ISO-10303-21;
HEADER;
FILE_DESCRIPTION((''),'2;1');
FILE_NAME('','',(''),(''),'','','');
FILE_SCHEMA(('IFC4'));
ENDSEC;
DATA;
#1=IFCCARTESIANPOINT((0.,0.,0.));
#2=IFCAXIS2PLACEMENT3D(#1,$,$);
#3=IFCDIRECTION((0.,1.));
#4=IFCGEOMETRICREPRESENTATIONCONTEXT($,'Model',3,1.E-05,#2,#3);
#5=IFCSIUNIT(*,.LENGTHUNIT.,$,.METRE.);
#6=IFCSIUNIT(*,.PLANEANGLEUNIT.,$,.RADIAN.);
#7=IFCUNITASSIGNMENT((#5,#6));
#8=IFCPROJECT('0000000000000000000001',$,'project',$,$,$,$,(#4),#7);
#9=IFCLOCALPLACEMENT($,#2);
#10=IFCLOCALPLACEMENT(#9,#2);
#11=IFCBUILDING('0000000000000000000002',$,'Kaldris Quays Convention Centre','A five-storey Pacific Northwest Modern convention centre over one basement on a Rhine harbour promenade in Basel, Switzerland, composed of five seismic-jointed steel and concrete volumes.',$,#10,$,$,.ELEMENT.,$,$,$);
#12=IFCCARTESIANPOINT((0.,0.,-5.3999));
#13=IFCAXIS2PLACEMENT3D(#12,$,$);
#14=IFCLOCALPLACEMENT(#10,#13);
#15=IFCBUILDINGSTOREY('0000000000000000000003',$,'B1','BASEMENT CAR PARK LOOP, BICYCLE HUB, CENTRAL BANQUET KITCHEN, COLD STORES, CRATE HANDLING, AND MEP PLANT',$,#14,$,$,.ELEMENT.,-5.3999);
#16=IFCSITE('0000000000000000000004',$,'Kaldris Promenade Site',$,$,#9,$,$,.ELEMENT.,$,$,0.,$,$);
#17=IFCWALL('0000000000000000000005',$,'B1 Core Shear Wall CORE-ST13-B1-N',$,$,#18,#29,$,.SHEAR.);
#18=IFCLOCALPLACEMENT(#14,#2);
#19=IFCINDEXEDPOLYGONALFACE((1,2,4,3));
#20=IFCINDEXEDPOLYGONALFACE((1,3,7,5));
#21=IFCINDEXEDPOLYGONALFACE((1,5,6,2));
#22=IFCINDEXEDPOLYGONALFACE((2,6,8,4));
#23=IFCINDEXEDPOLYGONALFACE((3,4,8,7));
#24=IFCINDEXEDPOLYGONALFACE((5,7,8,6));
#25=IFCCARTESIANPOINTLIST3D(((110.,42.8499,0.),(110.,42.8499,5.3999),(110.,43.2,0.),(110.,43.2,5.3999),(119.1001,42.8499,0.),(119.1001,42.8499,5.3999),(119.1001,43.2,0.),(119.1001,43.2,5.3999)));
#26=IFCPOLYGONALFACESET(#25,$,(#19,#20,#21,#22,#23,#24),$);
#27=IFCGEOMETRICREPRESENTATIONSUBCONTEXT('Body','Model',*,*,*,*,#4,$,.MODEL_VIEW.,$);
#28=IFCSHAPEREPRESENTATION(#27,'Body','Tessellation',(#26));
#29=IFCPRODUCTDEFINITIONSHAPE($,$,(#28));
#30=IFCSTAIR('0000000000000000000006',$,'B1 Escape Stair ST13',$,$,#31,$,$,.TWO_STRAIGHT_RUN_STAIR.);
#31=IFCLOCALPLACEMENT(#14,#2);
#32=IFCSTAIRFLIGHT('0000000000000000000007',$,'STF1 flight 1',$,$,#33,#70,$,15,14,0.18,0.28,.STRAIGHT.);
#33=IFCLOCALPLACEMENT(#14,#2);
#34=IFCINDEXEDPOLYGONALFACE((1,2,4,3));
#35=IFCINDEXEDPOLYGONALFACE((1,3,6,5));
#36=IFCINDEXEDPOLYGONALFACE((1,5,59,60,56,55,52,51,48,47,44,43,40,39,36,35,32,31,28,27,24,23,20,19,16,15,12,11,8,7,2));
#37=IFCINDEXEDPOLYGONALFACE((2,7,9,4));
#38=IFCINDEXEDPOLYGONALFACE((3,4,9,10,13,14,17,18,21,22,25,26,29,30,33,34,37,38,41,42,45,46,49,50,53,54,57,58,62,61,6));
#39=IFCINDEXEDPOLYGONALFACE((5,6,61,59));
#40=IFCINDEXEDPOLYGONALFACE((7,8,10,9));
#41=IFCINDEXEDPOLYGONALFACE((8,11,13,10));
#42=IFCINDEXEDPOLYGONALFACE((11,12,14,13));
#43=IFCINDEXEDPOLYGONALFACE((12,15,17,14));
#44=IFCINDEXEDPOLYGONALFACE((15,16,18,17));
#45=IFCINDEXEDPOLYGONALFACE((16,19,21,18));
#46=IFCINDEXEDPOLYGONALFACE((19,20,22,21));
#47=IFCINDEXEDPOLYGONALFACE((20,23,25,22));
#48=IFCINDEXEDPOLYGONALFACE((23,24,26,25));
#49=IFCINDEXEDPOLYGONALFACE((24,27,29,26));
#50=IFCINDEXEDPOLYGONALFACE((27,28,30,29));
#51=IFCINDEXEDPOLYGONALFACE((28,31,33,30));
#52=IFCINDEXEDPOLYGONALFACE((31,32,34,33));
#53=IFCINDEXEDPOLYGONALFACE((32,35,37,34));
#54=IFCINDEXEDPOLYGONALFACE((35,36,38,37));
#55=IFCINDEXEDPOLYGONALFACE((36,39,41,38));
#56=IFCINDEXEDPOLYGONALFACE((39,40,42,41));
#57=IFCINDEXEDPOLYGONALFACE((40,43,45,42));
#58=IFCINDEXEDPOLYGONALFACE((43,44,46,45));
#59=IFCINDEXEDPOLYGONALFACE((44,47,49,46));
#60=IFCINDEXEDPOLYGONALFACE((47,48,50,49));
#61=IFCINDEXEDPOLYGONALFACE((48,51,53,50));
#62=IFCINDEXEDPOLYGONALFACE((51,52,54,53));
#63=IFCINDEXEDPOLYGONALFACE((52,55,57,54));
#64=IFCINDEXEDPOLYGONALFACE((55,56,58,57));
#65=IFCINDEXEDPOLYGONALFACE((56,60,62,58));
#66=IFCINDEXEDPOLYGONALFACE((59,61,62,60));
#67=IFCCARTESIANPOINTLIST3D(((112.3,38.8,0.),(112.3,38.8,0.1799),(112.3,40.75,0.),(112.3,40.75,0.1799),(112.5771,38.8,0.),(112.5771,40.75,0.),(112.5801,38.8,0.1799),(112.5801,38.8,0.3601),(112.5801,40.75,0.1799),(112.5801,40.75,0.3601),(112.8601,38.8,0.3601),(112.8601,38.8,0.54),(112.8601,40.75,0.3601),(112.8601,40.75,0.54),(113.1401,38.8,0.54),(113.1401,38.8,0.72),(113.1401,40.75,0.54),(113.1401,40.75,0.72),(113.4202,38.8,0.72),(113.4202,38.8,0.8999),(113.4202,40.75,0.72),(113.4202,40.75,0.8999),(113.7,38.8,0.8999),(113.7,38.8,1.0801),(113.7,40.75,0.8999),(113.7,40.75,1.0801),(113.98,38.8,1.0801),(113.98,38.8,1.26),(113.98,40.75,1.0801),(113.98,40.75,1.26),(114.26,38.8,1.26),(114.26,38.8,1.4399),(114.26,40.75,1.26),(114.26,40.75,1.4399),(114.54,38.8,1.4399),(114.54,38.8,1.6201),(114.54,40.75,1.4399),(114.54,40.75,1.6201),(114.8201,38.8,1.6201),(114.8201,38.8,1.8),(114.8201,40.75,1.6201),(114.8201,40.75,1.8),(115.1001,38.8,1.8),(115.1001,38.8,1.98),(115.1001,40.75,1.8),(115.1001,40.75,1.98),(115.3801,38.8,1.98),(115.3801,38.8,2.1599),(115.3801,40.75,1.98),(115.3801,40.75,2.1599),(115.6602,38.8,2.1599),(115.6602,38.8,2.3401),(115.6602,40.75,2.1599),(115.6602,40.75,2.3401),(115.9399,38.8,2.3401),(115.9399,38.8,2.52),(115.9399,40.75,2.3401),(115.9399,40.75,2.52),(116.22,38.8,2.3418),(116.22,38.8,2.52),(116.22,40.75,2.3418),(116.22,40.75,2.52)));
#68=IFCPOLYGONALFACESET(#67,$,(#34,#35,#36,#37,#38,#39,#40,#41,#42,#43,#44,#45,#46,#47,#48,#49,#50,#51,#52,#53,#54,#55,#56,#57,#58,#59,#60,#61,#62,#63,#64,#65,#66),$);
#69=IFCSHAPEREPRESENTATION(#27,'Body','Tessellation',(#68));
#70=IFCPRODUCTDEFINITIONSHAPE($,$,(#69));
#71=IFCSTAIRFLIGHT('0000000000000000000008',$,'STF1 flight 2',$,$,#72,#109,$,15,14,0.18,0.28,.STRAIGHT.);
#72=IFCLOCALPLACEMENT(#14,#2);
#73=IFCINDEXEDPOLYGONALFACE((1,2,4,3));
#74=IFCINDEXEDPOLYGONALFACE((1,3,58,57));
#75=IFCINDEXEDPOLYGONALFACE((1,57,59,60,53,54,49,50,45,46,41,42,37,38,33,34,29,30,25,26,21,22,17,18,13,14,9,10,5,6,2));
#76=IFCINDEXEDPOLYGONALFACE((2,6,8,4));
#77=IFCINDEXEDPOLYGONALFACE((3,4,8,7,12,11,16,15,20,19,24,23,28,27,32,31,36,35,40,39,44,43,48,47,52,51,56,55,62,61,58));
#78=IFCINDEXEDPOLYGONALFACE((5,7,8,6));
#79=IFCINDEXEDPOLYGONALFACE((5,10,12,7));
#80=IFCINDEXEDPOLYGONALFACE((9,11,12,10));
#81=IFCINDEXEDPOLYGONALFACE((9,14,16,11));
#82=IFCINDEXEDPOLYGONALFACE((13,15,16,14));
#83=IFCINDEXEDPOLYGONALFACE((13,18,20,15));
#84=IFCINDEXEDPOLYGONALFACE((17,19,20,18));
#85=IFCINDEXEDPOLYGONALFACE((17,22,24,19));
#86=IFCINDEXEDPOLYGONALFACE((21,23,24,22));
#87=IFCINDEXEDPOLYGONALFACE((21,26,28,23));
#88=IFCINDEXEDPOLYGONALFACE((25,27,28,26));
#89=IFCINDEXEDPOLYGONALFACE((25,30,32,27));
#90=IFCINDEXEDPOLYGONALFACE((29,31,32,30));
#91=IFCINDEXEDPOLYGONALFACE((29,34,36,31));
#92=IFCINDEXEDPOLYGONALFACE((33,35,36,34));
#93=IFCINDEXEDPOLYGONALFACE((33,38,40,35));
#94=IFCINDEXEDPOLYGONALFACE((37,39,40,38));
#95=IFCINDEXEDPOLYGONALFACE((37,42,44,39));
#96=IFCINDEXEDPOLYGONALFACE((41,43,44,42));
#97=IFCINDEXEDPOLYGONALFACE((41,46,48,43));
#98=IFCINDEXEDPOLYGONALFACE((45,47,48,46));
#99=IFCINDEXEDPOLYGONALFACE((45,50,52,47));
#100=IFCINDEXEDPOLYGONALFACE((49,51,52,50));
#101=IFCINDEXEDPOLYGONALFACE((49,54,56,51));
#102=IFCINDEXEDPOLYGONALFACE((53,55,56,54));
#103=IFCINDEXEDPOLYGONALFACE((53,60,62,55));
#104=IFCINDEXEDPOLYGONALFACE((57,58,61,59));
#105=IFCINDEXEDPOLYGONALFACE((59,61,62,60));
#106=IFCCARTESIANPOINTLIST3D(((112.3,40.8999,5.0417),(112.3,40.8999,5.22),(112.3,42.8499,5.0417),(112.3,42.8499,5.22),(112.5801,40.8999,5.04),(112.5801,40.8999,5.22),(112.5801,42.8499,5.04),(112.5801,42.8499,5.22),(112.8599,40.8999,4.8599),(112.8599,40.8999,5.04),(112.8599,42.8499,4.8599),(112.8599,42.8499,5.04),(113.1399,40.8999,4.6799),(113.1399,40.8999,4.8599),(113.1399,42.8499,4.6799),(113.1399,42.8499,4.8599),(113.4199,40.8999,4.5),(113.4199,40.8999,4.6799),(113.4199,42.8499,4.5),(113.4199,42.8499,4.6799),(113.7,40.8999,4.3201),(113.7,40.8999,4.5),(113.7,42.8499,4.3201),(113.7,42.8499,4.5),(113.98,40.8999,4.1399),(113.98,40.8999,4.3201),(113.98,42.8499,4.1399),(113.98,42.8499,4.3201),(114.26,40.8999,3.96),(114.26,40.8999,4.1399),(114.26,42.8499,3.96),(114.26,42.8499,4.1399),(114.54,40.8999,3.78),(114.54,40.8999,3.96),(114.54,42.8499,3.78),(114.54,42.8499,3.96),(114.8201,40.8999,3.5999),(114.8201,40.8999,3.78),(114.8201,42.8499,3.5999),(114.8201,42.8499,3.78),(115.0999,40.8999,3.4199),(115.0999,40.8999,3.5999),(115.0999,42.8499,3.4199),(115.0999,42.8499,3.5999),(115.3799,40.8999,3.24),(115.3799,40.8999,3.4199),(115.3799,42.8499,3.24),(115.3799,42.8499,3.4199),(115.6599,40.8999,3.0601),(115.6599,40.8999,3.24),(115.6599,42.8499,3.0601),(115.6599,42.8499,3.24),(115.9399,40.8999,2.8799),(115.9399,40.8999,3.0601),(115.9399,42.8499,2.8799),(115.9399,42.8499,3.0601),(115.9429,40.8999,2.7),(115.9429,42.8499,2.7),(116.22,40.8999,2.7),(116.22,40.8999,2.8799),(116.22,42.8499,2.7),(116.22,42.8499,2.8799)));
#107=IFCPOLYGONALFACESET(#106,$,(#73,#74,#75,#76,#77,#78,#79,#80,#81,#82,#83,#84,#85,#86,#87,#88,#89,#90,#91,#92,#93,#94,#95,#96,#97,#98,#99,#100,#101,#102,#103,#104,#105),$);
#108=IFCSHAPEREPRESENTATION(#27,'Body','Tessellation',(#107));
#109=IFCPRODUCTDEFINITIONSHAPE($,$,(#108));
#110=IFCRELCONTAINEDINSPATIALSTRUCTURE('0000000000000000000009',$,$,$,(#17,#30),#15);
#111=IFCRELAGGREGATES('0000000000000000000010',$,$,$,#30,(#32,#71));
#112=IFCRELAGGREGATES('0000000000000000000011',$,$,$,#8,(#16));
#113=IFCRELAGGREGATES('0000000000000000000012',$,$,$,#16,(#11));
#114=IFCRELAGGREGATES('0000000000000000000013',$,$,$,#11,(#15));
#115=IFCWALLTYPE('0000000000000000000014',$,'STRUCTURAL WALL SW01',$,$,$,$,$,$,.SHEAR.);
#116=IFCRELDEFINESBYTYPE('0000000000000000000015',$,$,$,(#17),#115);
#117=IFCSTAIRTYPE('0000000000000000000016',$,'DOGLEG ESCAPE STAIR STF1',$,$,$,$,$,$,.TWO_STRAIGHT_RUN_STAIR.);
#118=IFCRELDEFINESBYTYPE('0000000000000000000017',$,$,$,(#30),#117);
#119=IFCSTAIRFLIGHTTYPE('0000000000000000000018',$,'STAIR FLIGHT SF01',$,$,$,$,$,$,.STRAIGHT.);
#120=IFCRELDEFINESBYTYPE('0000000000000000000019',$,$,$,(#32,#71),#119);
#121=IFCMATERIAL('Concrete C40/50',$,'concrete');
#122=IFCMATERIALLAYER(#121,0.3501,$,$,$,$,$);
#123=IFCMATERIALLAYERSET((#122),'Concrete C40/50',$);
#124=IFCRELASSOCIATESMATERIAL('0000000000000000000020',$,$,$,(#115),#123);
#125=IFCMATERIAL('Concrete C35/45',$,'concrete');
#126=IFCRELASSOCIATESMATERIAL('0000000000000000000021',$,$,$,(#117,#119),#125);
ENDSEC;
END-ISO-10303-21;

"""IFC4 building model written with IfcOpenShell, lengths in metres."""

from ifc_helpers import new_model, si_unit, direction, frame, frame_2d, origin, place, context, subcontext, project, spatial, polyline, rectangle, outline, extrude, material, layer, layer_set, type_object, element, aggregate, save


model = new_model("IFC4")

# Units and contexts
model_context = context("Model", 3, precision=1e-05, world=origin(), true_north=direction((0.0, 1.0)))
body_context = subcontext(model_context, "Body", "Model", "MODEL_VIEW")
ifc_project = project(units=[si_unit("LENGTHUNIT", "METRE"), si_unit("PLANEANGLEUNIT", "RADIAN")], contexts=[model_context])

# Site, building, storey
site_placement = place(None, origin())
site = spatial("IfcSite", under=ifc_project, at=site_placement, Name="Kaldris Promenade Site", CompositionType="ELEMENT", RefElevation=0.0)
building_placement = place(site_placement, origin())
building = spatial("IfcBuilding", under=site, at=building_placement, Name="Kaldris Quays Convention Centre", Description="A five-storey Pacific Northwest Modern convention centre over one basement on a Rhine harbour promenade in Basel, Switzerland, composed of five seismic-jointed steel and concrete volumes.", CompositionType="ELEMENT")
storey_placement = place(building_placement, frame((0.0, 0.0, -5.3999)))
storey = spatial("IfcBuildingStorey", under=building, at=storey_placement, Name="B1", Description="BASEMENT CAR PARK LOOP, BICYCLE HUB, CENTRAL BANQUET KITCHEN, COLD STORES, CRATE HANDLING, AND MEP PLANT", CompositionType="ELEMENT", Elevation=-5.3999)

# Shared definitions
ifc_material_1 = material(Name="Concrete C35/45", Category="concrete")

# Wall
ifc_material_2 = material(Name="Concrete C40/50", Category="concrete")
ifc_layer_1 = layer(ifc_material_2, 0.3501)
ifc_layer_set_1 = layer_set([ifc_layer_1], Name="Concrete C40/50")
wall_type_1 = type_object("IfcWallType", Name="STRUCTURAL WALL SW01", PredefinedType="SHEAR", material=ifc_layer_set_1)
wall_1_placement = place(storey_placement, frame((110.0, 43.0249, 0.0), z_axis=(0.0, 0.0, 1.0), x_axis=(1.0, 0.0, 0.0)))
element("IfcWall", 1, at=wall_1_placement, inside=storey, type_object=wall_type_1, Name="B1 Core Shear Wall CORE-ST13-B1-N", PredefinedType="SHEAR", context=body_context, shape_type="SweptSolid", body=[
    extrude(rectangle(XDim=9.1001, YDim=0.3501, at=frame_2d((4.55, 0.0))), origin(), (0.0, 0.0, 1.0), 5.3999),
])

# Stair, stair flights
stair_type = type_object("IfcStairType", Name="DOGLEG ESCAPE STAIR STF1", PredefinedType="TWO_STRAIGHT_RUN_STAIR", material=ifc_material_1)
stair_placement = place(storey_placement, origin())
stair = element("IfcStair", 2, at=stair_placement, inside=storey, type_object=stair_type, Name="B1 Escape Stair ST13", PredefinedType="TWO_STRAIGHT_RUN_STAIR")
stair_flight_type = type_object("IfcStairFlightType", Name="STAIR FLIGHT SF01", PredefinedType="STRAIGHT", material=ifc_material_1)
stair_flight_1_placement = place(storey_placement, frame((112.3, 39.7749, 0.0), z_axis=(0.0, 0.0, 1.0), x_axis=(1.0, 0.0, 0.0)))
stair_flight_1 = element("IfcStairFlight", 3, at=stair_flight_1_placement, type_object=stair_flight_type, Name="STF1 flight 1", NumberOfRisers=15, NumberOfTreads=14, PredefinedType="STRAIGHT", RiserHeight=0.18, TreadLength=0.28, context=body_context, shape_type="SweptSolid", body=[
    extrude(outline(polyline([(0.0, 0.0), (0.0, 0.1799), (0.28, 0.1799), (0.28, 0.3601), (0.5601, 0.3601), (0.5601, 0.54), (0.8401, 0.54), (0.8401, 0.72), (1.1201, 0.72), (1.1201, 0.8999), (1.3999, 0.8999), (1.3999, 1.0801), (1.6799, 1.0801), (1.6799, 1.26), (1.96, 1.26), (1.96, 1.4399), (2.24, 1.4399), (2.24, 1.6201), (2.52, 1.6201), (2.52, 1.8), (2.8, 1.8), (2.8, 1.98), (3.0801, 1.98), (3.0801, 2.1599), (3.3601, 2.1599), (3.3601, 2.3401), (3.6399, 2.3401), (3.6399, 2.52), (3.9199, 2.52), (3.9199, 2.7), (3.9199, 2.3418), (0.2771, 0.0), (0.0, 0.0)])), frame((0.0, 0.9751, 0.0), z_axis=(0.0, -1.0, 0.0), x_axis=(1.0, 0.0, 0.0)), (0.0, 0.0, 1.0), 1.95),
])
stair_flight_2_placement = place(storey_placement, frame((116.22, 41.875, 2.7), z_axis=(0.0, 0.0, 1.0), x_axis=(-1.0, 0.0, 0.0)))
stair_flight_2 = element("IfcStairFlight", 4, at=stair_flight_2_placement, type_object=stair_flight_type, Name="STF1 flight 2", NumberOfRisers=15, NumberOfTreads=14, PredefinedType="STRAIGHT", RiserHeight=0.18, TreadLength=0.28, context=body_context, shape_type="SweptSolid", body=[
    extrude(outline(polyline([(0.0, 0.0), (0.0, 0.1799), (0.28, 0.1799), (0.28, 0.3601), (0.5601, 0.3601), (0.5601, 0.54), (0.8401, 0.54), (0.8401, 0.72), (1.1201, 0.72), (1.1201, 0.8999), (1.3999, 0.8999), (1.3999, 1.0801), (1.6799, 1.0801), (1.6799, 1.26), (1.96, 1.26), (1.96, 1.4399), (2.24, 1.4399), (2.24, 1.6201), (2.52, 1.6201), (2.52, 1.8), (2.8, 1.8), (2.8, 1.98), (3.0801, 1.98), (3.0801, 2.1599), (3.3601, 2.1599), (3.3601, 2.3401), (3.6399, 2.3401), (3.6399, 2.52), (3.9199, 2.52), (3.9199, 2.7), (3.9199, 2.3418), (0.2771, 0.0), (0.0, 0.0)])), frame((0.0, 0.9751, 0.0), z_axis=(0.0, -1.0, 0.0), x_axis=(1.0, 0.0, 0.0)), (0.0, 0.0, 1.0), 1.95),
])
aggregate(stair, [stair_flight_1, stair_flight_2])

save(model, "model.ifc")
